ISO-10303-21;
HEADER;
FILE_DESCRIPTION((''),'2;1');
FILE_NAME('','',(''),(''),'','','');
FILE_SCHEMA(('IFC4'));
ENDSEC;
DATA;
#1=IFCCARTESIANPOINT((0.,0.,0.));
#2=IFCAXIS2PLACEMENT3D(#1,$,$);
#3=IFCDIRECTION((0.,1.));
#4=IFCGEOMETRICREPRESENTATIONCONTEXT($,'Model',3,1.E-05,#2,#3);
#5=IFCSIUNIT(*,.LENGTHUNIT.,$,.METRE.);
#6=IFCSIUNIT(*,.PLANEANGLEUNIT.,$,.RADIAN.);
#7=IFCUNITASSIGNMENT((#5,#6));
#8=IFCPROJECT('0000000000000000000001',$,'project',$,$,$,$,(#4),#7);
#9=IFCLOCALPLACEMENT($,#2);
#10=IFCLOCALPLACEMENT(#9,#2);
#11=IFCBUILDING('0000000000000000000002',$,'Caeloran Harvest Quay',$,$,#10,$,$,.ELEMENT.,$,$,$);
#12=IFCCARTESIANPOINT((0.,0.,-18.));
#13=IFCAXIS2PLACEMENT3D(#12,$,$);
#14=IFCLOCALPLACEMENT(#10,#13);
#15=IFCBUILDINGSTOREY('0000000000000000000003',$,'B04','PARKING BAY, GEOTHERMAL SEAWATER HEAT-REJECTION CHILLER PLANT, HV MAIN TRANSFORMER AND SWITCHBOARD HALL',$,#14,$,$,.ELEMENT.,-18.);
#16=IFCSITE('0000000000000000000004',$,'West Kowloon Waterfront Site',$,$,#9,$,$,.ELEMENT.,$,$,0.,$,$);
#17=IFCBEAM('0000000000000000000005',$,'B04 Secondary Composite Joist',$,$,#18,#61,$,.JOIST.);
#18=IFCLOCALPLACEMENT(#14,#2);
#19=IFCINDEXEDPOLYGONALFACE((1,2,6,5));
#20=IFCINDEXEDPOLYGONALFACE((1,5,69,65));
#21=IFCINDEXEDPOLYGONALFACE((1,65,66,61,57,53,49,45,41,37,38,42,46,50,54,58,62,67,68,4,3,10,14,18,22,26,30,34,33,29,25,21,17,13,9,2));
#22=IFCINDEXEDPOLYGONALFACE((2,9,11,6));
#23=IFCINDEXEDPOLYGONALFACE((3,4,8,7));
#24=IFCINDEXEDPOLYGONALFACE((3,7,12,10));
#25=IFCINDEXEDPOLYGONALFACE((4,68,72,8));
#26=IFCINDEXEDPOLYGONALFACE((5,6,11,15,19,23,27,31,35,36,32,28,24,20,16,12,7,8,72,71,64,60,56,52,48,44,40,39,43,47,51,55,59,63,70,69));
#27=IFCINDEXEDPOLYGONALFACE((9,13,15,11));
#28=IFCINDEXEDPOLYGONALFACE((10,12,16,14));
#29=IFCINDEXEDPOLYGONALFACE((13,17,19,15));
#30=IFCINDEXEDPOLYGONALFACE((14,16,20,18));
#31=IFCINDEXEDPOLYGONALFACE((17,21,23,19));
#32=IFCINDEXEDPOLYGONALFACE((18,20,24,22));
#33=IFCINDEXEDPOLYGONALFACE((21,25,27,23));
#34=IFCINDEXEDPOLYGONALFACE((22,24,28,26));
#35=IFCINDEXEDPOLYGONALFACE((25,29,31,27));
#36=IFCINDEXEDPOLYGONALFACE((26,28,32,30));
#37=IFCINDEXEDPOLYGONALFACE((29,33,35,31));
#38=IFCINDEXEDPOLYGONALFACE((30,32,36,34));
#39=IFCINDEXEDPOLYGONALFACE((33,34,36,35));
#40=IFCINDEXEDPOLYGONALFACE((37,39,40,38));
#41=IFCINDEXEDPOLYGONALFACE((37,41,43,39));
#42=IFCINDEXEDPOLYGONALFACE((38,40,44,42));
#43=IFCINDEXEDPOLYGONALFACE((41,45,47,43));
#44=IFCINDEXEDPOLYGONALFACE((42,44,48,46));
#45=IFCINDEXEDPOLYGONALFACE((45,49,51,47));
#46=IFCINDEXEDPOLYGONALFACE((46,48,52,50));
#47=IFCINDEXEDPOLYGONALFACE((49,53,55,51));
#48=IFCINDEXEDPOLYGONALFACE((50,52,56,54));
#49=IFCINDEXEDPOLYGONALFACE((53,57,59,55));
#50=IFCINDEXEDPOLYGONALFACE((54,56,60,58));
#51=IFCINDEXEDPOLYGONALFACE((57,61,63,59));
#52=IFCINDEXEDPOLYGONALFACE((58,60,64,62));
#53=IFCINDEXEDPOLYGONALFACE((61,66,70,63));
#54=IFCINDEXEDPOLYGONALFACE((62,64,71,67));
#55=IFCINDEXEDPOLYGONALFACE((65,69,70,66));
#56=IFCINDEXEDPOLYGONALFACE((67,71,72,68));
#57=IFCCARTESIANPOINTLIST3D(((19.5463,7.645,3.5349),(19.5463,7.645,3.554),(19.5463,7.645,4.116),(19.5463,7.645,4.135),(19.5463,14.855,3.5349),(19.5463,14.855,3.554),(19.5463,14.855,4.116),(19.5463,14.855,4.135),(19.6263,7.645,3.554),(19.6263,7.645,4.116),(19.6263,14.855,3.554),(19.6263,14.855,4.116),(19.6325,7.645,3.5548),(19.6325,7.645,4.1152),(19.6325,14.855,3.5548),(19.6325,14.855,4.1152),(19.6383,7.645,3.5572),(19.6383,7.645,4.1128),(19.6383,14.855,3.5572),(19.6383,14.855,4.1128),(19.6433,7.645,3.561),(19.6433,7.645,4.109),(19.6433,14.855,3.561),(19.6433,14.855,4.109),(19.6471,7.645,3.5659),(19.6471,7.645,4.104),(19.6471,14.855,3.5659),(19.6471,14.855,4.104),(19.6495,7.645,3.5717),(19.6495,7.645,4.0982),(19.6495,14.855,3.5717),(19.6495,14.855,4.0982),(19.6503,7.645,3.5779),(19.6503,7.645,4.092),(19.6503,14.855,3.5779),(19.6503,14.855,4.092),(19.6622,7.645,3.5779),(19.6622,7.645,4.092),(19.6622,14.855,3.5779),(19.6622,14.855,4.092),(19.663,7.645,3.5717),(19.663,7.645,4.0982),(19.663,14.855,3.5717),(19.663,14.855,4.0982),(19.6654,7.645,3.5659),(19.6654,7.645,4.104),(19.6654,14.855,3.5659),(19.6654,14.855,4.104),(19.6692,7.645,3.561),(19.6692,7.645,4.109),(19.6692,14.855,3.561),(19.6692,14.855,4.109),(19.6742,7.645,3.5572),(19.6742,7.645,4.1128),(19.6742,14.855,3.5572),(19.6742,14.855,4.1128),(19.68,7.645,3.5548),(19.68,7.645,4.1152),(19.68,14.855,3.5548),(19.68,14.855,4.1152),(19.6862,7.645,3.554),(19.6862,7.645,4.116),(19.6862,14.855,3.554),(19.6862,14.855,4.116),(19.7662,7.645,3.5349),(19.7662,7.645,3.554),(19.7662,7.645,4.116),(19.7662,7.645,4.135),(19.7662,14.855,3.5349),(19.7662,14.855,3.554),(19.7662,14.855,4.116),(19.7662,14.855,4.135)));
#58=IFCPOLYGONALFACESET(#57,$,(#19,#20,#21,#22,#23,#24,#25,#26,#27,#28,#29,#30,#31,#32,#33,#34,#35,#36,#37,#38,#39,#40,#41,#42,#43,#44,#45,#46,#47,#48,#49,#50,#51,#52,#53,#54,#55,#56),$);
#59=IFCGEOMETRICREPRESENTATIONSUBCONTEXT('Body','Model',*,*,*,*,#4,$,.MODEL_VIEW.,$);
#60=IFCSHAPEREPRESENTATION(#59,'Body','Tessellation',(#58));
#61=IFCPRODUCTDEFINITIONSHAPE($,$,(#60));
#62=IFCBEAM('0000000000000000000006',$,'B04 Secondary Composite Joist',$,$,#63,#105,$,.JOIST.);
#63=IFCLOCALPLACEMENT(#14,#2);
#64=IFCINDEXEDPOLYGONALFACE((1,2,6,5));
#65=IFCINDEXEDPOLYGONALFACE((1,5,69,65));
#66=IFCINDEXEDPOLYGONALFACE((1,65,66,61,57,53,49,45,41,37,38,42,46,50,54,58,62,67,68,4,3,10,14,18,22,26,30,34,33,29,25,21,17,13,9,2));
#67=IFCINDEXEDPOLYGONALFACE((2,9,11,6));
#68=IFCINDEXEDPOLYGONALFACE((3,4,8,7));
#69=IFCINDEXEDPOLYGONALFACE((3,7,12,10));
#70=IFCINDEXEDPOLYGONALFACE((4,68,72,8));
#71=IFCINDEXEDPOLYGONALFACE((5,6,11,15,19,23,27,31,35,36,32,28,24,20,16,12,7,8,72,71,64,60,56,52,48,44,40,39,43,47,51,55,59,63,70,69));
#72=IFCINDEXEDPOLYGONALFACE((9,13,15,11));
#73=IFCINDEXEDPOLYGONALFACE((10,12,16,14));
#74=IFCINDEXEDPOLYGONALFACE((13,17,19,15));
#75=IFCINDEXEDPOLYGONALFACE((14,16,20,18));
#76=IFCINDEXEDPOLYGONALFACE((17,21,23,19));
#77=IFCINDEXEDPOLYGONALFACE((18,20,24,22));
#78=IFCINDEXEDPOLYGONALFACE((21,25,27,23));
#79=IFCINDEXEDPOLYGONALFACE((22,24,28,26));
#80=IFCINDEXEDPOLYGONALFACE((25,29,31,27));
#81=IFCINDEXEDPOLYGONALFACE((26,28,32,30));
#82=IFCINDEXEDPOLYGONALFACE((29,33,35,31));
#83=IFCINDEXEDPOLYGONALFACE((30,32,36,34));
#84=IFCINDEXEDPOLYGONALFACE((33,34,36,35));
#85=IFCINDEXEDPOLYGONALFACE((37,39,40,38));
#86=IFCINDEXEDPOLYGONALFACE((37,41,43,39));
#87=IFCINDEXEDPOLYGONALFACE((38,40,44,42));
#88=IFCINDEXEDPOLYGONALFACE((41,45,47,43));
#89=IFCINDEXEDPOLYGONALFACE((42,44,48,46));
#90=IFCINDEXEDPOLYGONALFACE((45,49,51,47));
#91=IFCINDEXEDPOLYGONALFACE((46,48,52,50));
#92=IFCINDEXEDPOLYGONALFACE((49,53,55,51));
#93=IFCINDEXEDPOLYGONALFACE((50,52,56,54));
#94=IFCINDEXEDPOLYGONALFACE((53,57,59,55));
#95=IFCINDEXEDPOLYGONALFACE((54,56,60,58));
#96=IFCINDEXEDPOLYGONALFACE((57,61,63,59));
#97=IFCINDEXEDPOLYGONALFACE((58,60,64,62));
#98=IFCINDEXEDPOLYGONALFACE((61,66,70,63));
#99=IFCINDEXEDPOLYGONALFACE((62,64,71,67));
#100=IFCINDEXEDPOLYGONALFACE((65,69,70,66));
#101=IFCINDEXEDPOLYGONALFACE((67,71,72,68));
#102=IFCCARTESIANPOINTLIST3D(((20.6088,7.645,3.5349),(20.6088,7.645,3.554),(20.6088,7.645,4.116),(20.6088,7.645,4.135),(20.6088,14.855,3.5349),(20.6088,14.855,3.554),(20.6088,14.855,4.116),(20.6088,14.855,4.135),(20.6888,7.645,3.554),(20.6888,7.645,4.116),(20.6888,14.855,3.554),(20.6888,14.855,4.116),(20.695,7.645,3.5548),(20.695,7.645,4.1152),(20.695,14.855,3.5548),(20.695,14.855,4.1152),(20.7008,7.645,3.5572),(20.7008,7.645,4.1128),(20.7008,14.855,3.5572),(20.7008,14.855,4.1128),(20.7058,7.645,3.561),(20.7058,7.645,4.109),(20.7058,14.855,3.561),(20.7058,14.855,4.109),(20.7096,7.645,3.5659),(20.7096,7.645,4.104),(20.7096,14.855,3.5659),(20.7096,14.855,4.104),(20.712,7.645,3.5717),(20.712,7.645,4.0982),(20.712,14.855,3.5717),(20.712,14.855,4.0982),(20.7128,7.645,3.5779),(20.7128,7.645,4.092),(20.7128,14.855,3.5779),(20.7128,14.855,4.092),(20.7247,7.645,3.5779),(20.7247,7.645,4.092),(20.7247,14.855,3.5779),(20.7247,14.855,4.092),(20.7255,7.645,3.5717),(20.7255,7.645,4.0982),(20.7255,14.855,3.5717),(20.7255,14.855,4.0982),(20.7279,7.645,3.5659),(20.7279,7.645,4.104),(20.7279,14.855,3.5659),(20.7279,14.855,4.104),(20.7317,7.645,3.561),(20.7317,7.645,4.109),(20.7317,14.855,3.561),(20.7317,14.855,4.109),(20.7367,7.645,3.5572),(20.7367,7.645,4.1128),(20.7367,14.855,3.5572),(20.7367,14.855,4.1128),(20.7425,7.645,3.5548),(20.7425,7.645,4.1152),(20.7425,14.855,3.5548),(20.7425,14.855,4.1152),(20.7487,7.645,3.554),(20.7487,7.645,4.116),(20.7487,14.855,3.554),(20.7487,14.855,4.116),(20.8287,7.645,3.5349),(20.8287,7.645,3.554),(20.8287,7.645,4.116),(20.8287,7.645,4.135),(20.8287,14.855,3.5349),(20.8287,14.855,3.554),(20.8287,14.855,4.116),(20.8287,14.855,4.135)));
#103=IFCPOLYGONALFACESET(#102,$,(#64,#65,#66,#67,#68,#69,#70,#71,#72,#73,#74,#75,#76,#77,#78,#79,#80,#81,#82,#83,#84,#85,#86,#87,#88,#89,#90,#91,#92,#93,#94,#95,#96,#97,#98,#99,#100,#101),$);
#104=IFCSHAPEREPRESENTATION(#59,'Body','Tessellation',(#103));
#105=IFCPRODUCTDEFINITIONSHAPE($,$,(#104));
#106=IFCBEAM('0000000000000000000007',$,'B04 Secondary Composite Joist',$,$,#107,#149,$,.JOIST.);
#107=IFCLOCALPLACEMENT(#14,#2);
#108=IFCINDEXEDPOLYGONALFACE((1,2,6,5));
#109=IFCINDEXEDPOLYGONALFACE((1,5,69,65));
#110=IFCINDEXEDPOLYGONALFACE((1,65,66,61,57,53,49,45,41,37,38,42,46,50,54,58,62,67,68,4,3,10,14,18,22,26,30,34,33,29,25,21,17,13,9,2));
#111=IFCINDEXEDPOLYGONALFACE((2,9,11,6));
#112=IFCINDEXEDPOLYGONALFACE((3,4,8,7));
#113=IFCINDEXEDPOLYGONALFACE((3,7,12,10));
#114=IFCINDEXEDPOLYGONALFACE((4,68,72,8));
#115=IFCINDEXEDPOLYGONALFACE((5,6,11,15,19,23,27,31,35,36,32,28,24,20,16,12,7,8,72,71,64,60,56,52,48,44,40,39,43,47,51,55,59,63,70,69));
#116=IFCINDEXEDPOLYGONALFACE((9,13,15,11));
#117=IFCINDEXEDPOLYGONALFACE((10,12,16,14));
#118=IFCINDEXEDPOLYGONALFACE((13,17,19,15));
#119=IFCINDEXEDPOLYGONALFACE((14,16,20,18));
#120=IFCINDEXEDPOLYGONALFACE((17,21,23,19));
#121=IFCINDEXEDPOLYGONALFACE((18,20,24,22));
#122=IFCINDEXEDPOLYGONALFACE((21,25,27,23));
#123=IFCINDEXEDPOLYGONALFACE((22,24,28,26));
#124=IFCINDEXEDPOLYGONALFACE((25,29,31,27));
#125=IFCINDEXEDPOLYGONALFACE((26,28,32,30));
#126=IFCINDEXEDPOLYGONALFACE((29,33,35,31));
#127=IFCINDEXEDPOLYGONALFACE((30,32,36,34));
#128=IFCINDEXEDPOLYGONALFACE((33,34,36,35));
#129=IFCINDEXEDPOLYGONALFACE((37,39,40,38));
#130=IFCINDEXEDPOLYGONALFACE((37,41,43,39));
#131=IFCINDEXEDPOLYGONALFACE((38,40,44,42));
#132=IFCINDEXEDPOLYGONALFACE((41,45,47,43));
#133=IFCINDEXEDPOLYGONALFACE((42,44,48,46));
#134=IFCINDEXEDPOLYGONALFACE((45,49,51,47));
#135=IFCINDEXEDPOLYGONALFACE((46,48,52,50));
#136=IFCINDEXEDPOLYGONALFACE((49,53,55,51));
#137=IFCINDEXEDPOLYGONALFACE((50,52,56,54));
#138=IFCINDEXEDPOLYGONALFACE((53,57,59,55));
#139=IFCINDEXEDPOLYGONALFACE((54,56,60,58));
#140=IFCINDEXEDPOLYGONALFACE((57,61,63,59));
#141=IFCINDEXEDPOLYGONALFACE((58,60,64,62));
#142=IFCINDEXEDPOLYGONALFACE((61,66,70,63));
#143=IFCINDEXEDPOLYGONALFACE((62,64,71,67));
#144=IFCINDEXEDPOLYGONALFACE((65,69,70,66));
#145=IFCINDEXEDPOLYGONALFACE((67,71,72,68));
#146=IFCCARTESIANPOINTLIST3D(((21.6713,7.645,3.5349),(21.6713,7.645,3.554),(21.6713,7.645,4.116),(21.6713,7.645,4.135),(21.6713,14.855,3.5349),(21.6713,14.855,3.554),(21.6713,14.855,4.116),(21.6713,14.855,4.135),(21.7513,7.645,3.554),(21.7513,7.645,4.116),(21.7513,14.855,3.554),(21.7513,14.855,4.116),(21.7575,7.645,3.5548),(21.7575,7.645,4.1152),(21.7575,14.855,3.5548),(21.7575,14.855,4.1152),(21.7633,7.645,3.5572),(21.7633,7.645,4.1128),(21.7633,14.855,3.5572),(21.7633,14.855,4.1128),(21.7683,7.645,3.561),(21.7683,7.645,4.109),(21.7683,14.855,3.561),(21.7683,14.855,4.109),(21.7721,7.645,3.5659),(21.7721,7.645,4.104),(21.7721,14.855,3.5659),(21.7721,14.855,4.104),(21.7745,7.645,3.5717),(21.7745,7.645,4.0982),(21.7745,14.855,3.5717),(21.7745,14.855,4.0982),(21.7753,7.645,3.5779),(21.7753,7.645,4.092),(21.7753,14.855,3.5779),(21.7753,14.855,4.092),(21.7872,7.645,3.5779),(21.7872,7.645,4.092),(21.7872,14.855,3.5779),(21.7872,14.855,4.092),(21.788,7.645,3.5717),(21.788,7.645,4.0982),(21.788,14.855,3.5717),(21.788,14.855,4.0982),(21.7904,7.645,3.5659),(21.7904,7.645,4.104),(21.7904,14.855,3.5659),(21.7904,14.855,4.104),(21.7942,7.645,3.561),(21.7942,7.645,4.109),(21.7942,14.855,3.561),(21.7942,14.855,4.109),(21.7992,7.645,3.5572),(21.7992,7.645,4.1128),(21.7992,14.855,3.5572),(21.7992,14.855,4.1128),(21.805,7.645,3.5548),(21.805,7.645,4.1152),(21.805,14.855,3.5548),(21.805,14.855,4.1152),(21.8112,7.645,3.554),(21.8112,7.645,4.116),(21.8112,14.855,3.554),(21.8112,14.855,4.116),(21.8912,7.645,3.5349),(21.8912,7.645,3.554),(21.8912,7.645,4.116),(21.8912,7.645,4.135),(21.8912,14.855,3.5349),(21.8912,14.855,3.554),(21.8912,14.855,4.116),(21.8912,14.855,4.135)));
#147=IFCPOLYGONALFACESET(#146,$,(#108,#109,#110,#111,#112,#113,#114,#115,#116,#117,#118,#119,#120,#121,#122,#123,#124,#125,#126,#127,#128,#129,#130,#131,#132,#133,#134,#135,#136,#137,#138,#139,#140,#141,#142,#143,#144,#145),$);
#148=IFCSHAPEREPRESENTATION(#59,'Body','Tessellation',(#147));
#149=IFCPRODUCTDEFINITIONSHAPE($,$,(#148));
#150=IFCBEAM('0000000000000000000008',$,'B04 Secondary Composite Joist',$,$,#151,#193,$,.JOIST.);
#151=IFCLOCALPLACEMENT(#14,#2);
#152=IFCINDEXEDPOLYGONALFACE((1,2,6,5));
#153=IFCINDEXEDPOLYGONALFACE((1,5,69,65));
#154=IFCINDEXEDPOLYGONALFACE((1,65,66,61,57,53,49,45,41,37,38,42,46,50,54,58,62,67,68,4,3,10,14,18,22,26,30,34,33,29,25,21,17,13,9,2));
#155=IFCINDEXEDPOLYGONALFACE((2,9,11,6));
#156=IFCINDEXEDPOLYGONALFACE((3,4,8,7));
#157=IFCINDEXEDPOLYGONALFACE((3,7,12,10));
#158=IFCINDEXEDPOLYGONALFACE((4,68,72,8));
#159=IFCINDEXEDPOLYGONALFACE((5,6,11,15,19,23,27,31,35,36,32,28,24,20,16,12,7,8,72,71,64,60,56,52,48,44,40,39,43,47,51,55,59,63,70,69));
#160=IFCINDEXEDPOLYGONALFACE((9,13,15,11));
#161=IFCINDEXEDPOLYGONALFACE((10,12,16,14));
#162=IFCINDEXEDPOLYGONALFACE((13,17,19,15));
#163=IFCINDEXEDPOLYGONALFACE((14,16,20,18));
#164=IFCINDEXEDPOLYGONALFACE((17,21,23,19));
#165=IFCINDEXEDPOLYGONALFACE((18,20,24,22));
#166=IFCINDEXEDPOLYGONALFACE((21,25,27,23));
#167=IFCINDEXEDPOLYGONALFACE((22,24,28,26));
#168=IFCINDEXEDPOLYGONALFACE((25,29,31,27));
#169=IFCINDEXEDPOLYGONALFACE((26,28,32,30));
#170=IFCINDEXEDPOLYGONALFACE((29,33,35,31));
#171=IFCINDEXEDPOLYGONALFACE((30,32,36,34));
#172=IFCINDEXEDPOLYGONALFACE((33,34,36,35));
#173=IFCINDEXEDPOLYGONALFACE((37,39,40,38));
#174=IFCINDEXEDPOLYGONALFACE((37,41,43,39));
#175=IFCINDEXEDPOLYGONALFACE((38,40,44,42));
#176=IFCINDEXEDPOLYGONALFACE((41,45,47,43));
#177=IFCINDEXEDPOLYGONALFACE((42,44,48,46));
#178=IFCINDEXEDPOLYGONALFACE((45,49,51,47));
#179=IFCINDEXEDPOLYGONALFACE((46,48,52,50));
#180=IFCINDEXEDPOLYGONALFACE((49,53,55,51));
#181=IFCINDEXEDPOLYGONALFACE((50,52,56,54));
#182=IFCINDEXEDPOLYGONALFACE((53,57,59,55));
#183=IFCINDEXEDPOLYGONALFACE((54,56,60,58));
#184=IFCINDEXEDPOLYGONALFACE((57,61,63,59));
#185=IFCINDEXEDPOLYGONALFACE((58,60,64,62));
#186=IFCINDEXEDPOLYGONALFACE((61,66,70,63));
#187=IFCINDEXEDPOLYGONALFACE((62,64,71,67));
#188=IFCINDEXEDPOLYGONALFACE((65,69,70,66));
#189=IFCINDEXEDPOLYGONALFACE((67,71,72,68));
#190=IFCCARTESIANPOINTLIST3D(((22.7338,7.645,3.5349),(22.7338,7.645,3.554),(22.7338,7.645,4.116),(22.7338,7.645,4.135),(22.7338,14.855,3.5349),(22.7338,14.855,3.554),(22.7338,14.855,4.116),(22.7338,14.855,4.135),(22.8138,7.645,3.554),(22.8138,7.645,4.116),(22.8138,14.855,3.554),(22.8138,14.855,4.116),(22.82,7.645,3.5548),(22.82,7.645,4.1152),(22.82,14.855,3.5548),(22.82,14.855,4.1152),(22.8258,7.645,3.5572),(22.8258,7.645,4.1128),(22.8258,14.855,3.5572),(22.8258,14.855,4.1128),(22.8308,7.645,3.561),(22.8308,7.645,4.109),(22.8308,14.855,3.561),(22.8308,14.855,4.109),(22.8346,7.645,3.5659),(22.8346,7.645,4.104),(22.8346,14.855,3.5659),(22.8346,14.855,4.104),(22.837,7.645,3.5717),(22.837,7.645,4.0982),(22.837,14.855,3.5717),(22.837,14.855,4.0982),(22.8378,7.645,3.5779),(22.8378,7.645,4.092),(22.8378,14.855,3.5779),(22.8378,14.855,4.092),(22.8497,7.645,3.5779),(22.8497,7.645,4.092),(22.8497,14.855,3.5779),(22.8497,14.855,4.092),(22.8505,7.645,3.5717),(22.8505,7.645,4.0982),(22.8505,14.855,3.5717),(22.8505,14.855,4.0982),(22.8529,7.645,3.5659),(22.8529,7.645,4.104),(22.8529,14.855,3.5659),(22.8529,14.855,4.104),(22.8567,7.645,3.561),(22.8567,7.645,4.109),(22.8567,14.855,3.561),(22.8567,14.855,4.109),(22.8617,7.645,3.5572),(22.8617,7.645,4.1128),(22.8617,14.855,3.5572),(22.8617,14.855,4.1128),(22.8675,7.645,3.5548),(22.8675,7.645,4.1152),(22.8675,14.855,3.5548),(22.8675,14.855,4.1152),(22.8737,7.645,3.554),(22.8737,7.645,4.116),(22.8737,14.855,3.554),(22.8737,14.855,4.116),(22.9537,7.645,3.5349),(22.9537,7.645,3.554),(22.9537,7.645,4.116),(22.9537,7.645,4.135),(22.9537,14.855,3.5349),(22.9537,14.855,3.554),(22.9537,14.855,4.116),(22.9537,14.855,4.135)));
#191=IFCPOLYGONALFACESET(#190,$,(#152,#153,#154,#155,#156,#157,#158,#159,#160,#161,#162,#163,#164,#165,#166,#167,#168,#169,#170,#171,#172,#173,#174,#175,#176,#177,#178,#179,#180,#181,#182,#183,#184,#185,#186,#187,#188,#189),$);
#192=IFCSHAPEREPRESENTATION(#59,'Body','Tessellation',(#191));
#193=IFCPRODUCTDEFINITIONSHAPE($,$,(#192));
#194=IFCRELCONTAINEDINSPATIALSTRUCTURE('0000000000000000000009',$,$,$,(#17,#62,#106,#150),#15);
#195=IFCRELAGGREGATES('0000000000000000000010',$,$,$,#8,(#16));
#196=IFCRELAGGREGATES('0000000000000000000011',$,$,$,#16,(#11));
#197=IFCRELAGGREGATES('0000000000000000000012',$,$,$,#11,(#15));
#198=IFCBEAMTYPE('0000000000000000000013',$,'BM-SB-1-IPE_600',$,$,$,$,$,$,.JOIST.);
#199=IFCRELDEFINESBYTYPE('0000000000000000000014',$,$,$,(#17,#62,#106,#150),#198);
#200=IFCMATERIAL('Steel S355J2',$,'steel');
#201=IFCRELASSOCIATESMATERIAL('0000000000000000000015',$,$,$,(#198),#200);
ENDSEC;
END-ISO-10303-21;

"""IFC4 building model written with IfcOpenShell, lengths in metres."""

from ifc_helpers import new_model, si_unit, direction, frame, origin, origin_2d, place, context, subcontext, project, spatial, i_section, extrude, material, material_profile, profile_set, type_object, element, save


model = new_model("IFC4")

# Units and contexts
model_context = context("Model", 3, precision=1e-05, world=origin(), true_north=direction((0.0, 1.0)))
body_context = subcontext(model_context, "Body", "Model", "MODEL_VIEW")
ifc_project = project(units=[si_unit("LENGTHUNIT", "METRE"), si_unit("PLANEANGLEUNIT", "RADIAN")], contexts=[model_context])

# Site, building, storey
site_placement = place(None, origin())
site = spatial("IfcSite", under=ifc_project, at=site_placement, Name="West Kowloon Waterfront Site", CompositionType="ELEMENT", RefElevation=0.0)
building_placement = place(site_placement, origin())
building = spatial("IfcBuilding", under=site, at=building_placement, Name="Caeloran Harvest Quay", CompositionType="ELEMENT")
storey_placement = place(building_placement, frame((0.0, 0.0, -18.0)))
storey = spatial("IfcBuildingStorey", under=building, at=storey_placement, Name="B04", Description="PARKING BAY, GEOTHERMAL SEAWATER HEAT-REJECTION CHILLER PLANT, HV MAIN TRANSFORMER AND SWITCHBOARD HALL", CompositionType="ELEMENT", Elevation=-18.0)

# Beams
ifc_material_1 = material(Name="Steel S355J2", Category="steel")
ifc_material_profile_1 = material_profile(ifc_material_1, i_section(OverallWidth=0.22, OverallDepth=0.6001, WebThickness=0.012, FlangeThickness=0.019, FilletRadius=0.0239, at=origin_2d()), Name="IPE 600")
ifc_profile_set_1 = profile_set([ifc_material_profile_1], Name="Steel S355J2")
beam_type_1 = type_object("IfcBeamType", Name="BM-SB-1-IPE_600", PredefinedType="JOIST", material=ifc_profile_set_1)
for number, where, z_axis, x_axis, name in (
    (1, (19.6562, 7.645, 3.835), (0.0, 1.0, 0.0), (-1.0, 0.0, 0.0), "B04 Secondary Composite Joist"),
    (2, (20.7188, 7.645, 3.835), (0.0, 1.0, 0.0), (-1.0, 0.0, 0.0), "B04 Secondary Composite Joist"),
    (3, (21.7812, 7.645, 3.835), (0.0, 1.0, 0.0), (-1.0, 0.0, 0.0), "B04 Secondary Composite Joist"),
    (4, (22.8438, 7.645, 3.835), (0.0, 1.0, 0.0), (-1.0, 0.0, 0.0), "B04 Secondary Composite Joist"),
):
    element("IfcBeam", number, at=place(storey_placement, frame(where, z_axis=z_axis, x_axis=x_axis)), inside=storey, type_object=beam_type_1, Name=name, PredefinedType="JOIST", context=body_context, shape_type="SweptSolid", body=[
        extrude(i_section(OverallWidth=0.22, OverallDepth=0.6001, WebThickness=0.012, FlangeThickness=0.019, FilletRadius=0.0239, at=origin_2d()), origin(), (0.0, 0.0, 1.0), 7.21),
    ])

save(model, "model.ifc")
